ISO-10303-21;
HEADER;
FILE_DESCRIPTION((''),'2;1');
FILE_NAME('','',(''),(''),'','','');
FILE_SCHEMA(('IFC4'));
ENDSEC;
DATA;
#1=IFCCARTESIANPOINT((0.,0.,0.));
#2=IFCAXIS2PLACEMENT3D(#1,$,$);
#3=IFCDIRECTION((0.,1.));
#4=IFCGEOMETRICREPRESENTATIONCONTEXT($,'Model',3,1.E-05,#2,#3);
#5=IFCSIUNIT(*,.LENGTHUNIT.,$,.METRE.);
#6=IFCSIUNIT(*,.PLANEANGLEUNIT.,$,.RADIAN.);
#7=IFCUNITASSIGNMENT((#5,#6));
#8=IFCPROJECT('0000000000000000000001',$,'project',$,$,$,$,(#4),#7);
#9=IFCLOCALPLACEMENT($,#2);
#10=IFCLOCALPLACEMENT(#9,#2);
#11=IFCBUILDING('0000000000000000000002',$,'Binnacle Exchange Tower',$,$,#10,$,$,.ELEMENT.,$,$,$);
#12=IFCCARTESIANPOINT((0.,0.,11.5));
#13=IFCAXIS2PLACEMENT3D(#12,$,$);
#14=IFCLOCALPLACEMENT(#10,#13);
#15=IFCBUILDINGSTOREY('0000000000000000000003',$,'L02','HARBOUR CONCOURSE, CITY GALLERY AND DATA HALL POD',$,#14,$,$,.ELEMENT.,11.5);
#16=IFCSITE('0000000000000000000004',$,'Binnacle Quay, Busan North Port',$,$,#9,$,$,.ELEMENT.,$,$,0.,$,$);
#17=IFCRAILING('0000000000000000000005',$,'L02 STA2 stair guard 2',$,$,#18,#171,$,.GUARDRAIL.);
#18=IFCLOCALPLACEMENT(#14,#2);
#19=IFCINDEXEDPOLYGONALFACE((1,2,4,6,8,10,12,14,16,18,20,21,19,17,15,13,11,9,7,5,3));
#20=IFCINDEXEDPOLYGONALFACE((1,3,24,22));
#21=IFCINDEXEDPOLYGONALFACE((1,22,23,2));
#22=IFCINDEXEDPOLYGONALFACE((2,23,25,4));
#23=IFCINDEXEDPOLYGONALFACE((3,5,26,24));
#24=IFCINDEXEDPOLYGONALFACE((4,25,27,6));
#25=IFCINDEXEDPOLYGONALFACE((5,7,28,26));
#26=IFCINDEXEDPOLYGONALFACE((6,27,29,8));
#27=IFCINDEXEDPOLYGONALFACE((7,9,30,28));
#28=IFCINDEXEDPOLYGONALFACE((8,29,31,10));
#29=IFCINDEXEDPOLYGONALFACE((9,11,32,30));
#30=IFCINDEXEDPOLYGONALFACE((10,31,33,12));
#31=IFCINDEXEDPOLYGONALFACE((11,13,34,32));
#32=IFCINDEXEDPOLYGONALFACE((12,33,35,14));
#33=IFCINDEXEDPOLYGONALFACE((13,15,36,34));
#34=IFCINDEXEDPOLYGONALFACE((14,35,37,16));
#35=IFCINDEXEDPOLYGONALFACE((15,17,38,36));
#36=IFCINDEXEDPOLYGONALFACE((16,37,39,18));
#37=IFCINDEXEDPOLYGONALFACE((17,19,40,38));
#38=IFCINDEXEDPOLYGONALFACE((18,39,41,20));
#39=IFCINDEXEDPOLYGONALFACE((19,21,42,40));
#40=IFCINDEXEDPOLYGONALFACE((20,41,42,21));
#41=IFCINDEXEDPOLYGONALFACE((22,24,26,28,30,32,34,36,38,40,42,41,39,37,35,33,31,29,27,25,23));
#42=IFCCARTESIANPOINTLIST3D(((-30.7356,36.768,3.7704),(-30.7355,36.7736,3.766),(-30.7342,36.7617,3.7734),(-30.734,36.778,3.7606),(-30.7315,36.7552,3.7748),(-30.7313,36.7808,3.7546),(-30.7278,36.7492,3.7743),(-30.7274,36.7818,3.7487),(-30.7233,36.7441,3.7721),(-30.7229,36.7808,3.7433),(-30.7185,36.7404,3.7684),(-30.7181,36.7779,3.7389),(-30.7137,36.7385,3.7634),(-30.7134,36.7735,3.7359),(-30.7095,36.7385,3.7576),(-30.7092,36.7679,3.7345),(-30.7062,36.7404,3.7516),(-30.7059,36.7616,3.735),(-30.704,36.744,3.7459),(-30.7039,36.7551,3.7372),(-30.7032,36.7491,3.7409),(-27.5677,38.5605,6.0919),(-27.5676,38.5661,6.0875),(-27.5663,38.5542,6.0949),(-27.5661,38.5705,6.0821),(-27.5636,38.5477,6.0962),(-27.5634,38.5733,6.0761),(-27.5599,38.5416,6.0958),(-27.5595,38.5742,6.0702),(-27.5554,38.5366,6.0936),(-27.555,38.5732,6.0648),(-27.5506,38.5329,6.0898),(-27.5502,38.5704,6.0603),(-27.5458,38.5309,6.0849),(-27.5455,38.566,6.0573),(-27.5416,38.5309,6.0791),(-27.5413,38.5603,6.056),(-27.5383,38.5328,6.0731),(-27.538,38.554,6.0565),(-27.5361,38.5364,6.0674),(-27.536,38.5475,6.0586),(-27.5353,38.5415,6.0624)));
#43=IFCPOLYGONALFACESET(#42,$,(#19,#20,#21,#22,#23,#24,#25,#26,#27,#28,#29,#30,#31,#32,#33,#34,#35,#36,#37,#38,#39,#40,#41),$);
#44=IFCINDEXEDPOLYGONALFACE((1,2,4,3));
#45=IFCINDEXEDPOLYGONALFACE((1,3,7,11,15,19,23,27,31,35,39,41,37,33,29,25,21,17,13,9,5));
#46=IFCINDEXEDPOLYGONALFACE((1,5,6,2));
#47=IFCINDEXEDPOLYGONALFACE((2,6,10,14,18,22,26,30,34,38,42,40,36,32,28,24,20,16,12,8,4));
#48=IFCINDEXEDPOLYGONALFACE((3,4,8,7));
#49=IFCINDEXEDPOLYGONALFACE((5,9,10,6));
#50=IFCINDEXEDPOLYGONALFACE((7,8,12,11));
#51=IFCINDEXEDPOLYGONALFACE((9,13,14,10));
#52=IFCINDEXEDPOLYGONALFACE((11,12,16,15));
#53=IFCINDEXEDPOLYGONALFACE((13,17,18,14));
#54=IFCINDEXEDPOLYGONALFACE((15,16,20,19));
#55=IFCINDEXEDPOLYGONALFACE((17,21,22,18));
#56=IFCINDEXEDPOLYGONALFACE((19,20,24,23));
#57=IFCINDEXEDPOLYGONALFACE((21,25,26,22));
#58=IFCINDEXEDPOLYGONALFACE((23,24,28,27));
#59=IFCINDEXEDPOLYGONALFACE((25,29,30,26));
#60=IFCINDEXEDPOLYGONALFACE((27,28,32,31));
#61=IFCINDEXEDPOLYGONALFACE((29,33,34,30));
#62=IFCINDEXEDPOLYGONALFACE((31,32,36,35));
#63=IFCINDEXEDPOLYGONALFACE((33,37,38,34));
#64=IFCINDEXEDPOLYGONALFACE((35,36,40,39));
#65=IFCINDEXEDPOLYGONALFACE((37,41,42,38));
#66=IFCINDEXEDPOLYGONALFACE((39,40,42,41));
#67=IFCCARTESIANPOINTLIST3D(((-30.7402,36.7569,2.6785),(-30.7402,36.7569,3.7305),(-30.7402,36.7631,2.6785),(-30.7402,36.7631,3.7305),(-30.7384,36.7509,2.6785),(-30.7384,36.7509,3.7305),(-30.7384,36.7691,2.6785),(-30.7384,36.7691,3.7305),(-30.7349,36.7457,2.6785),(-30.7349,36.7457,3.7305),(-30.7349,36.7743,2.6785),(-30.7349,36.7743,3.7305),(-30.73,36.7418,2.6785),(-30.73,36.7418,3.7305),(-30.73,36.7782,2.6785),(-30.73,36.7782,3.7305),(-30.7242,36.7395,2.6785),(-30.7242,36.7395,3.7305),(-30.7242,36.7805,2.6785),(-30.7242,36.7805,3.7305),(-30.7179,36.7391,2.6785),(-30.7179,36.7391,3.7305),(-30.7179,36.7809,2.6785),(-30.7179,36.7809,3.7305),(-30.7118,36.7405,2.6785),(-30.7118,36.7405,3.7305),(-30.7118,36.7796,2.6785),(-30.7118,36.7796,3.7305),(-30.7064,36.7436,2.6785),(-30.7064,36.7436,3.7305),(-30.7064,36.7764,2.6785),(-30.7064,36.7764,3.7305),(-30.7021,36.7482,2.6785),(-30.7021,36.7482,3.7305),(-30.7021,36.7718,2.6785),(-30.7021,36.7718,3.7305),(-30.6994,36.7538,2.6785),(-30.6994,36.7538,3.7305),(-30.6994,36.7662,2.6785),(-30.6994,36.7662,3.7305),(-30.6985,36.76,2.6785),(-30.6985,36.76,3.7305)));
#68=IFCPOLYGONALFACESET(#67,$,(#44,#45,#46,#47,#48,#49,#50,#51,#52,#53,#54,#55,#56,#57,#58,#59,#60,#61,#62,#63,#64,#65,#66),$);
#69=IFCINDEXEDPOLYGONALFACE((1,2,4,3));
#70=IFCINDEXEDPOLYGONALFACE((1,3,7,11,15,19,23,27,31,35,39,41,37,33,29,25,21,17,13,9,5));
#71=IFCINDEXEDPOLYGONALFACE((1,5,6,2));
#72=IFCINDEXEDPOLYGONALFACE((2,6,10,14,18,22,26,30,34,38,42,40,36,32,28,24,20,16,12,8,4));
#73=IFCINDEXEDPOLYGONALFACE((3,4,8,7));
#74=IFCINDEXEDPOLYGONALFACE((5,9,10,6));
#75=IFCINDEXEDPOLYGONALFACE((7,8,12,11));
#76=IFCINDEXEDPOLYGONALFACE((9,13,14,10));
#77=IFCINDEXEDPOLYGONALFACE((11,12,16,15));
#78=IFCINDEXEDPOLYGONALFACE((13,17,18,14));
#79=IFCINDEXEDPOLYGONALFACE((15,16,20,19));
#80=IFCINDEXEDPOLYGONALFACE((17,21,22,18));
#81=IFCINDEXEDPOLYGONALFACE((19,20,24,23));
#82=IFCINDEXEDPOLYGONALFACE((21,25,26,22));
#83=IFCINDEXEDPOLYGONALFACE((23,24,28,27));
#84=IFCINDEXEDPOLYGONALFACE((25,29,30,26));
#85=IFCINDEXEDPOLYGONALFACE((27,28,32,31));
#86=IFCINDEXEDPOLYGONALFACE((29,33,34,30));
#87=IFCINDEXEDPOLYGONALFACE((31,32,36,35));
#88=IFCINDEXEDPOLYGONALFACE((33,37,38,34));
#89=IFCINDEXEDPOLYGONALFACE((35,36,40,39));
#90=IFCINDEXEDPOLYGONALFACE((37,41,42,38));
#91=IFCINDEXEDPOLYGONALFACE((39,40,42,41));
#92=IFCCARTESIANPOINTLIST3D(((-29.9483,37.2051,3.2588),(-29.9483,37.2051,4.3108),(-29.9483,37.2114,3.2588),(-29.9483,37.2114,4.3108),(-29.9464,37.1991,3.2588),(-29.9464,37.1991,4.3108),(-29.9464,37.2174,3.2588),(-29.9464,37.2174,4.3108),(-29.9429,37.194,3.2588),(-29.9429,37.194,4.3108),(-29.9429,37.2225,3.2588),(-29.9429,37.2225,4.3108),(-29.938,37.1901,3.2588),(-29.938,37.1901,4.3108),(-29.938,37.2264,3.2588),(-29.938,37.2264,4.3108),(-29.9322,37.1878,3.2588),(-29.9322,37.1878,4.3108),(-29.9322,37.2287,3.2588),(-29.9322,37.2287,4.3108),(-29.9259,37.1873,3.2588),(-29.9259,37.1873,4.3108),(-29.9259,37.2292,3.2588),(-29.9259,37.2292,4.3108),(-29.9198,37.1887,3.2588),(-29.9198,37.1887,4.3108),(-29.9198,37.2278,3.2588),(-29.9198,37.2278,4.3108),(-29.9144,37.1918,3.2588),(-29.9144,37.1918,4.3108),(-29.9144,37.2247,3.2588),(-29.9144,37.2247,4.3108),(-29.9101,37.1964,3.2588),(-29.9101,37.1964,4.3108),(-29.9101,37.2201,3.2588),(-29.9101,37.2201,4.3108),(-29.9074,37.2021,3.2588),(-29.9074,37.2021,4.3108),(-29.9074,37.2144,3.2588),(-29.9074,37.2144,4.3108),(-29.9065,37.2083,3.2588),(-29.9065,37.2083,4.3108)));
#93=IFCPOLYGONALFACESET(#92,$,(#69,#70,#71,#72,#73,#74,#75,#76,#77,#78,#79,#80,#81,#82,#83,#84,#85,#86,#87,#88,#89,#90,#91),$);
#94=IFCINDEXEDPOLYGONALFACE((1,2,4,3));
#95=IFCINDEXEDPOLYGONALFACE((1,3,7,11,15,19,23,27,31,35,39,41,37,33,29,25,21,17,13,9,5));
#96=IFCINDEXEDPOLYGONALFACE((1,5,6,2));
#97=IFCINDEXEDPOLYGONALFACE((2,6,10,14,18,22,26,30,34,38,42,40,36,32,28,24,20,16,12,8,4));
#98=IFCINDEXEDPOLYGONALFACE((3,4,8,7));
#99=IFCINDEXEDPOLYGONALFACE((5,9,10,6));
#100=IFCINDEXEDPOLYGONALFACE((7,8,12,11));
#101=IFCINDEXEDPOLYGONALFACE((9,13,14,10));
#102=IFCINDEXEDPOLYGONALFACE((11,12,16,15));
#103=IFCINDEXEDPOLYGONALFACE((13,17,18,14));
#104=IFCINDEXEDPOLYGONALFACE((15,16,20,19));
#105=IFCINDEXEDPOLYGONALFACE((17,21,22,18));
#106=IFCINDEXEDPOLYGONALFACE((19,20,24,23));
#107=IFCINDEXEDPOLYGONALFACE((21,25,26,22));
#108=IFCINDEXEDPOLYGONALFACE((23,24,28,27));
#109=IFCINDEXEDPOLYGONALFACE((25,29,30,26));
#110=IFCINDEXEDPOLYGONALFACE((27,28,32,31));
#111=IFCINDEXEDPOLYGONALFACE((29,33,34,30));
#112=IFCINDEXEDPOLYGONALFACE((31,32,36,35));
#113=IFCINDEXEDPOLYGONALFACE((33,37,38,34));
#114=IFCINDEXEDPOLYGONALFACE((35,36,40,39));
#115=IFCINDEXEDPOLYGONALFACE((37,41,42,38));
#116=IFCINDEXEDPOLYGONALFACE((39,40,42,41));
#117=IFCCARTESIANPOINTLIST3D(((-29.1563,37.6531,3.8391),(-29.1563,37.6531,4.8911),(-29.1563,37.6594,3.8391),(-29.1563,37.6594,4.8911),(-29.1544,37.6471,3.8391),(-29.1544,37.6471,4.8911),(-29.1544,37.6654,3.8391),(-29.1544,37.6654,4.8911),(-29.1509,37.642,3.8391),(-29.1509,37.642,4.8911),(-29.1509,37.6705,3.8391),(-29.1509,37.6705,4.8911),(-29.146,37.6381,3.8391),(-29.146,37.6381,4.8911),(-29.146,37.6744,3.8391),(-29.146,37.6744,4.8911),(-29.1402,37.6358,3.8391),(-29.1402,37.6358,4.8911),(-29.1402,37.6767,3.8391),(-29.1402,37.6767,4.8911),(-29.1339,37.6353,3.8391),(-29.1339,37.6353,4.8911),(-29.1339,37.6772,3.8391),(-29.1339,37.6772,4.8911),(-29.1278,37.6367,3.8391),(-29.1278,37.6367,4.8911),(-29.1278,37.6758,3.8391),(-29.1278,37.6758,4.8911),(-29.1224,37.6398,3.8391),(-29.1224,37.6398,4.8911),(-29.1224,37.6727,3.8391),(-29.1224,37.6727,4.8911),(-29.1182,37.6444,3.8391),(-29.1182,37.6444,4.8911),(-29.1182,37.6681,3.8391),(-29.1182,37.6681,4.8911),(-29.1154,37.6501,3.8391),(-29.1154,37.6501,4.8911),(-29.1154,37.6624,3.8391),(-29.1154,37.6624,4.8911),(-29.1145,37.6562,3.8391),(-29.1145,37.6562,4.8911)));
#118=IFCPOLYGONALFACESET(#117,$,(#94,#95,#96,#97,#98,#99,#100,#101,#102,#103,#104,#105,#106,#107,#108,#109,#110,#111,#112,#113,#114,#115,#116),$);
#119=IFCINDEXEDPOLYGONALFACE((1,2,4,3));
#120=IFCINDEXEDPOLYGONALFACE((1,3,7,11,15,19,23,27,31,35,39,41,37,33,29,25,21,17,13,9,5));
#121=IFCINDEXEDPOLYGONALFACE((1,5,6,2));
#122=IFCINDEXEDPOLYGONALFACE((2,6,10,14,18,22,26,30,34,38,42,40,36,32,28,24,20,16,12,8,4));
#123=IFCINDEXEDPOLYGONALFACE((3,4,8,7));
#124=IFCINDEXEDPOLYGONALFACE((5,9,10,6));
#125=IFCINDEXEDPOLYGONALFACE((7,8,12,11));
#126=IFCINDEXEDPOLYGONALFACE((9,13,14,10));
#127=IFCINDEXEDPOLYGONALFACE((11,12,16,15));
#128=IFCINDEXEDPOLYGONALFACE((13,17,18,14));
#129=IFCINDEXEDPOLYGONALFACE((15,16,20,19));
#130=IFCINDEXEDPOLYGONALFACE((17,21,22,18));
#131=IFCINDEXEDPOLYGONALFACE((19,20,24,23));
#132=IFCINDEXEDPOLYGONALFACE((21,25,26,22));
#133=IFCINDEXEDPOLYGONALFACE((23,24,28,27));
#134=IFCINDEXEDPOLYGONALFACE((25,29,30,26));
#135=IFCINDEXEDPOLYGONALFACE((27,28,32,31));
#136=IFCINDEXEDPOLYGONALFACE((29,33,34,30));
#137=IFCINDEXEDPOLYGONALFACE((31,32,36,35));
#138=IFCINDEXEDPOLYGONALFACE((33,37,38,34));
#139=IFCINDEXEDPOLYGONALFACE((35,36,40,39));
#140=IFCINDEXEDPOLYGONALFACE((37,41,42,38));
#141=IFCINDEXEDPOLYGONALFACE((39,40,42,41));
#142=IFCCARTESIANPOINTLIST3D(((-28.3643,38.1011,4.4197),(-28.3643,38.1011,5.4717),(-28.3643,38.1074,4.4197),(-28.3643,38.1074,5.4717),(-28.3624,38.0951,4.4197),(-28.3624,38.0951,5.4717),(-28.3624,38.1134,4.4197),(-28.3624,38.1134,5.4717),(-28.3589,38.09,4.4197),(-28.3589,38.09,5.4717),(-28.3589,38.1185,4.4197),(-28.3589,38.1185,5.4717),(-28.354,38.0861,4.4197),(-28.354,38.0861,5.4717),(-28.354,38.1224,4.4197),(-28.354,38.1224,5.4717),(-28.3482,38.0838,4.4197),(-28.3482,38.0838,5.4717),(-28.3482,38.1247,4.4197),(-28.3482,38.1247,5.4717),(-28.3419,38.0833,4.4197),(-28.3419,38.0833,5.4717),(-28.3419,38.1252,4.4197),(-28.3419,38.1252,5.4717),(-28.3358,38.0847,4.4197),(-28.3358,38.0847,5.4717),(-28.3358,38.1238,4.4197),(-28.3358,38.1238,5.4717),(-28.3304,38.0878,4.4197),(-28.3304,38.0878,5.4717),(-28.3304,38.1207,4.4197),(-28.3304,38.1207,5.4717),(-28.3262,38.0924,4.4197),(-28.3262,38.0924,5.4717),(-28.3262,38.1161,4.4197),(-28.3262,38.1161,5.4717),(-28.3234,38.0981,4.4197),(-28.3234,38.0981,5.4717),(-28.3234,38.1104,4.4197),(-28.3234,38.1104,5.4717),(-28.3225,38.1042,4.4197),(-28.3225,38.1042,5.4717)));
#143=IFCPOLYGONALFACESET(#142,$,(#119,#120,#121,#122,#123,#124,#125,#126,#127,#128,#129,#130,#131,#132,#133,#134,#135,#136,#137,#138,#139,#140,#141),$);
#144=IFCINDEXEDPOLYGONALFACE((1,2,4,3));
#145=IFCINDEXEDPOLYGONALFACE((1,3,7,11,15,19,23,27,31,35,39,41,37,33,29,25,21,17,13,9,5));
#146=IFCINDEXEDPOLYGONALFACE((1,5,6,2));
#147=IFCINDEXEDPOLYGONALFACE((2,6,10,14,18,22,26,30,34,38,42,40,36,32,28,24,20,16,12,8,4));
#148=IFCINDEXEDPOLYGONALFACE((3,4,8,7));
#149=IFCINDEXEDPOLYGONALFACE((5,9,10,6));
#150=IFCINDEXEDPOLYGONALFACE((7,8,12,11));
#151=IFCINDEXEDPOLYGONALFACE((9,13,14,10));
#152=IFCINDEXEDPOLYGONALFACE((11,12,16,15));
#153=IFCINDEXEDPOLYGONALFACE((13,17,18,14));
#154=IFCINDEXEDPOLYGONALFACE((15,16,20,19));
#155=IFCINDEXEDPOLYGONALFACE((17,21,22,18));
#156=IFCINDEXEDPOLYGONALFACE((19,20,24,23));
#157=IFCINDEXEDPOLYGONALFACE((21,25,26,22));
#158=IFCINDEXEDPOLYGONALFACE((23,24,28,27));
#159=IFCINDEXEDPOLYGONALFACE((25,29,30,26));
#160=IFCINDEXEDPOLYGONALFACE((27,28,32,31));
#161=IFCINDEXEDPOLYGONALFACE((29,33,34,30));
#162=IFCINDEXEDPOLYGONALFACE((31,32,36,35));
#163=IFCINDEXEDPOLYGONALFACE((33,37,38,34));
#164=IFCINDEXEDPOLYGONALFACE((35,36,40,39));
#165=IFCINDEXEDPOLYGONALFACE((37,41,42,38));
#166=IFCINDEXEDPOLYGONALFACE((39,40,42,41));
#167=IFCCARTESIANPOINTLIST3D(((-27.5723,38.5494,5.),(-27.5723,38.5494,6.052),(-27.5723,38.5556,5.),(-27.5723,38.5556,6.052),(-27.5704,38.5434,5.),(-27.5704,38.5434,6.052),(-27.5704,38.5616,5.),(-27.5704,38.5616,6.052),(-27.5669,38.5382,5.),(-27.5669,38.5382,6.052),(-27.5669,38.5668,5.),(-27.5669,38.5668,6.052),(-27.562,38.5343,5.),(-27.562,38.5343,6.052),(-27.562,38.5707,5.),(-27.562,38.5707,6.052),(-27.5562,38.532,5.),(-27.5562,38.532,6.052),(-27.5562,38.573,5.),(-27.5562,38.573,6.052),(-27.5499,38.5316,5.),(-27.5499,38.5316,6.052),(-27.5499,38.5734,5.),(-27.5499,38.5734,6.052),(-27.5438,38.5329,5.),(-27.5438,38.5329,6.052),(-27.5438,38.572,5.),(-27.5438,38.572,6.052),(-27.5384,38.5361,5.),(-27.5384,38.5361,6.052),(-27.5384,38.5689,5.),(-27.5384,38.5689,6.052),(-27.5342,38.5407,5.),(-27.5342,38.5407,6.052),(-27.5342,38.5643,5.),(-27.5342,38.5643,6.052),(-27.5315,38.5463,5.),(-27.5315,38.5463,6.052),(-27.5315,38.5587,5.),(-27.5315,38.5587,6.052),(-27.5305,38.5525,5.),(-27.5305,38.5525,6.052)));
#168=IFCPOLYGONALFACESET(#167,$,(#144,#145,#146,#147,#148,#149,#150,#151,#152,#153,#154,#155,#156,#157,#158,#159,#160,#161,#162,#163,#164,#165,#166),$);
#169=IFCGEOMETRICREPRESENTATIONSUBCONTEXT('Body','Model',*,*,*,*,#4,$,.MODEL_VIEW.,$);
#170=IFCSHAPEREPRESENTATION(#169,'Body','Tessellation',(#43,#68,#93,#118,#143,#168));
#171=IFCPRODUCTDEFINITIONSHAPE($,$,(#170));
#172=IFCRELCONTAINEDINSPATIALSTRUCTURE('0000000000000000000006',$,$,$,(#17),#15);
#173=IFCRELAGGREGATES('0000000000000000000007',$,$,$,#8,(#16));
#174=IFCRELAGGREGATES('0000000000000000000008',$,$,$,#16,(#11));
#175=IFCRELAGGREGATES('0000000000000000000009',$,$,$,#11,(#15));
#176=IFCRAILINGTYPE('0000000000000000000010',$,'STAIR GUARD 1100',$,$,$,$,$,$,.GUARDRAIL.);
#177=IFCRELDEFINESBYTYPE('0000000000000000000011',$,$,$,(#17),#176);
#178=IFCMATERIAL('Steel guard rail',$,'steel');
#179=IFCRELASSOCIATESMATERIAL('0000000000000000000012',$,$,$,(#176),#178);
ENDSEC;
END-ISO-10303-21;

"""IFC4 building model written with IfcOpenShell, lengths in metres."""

from ifc_helpers import new_model, si_unit, direction, frame, origin, origin_2d, place, context, subcontext, project, spatial, circle, extrude, material, type_object, element, save


model = new_model("IFC4")

# Units and contexts
model_context = context("Model", 3, precision=1e-05, world=origin(), true_north=direction((0.0, 1.0)))
body_context = subcontext(model_context, "Body", "Model", "MODEL_VIEW")
ifc_project = project(units=[si_unit("LENGTHUNIT", "METRE"), si_unit("PLANEANGLEUNIT", "RADIAN")], contexts=[model_context])

# Site, building, storey
site_placement = place(None, origin())
site = spatial("IfcSite", under=ifc_project, at=site_placement, Name="Binnacle Quay, Busan North Port", CompositionType="ELEMENT", RefElevation=0.0)
building_placement = place(site_placement, origin())
building = spatial("IfcBuilding", under=site, at=building_placement, Name="Binnacle Exchange Tower", CompositionType="ELEMENT")
storey_placement = place(building_placement, frame((0.0, 0.0, 11.5)))
storey = spatial("IfcBuildingStorey", under=building, at=storey_placement, Name="L02", Description="HARBOUR CONCOURSE, CITY GALLERY AND DATA HALL POD", CompositionType="ELEMENT", Elevation=11.5)

# Railing
ifc_material_1 = material(Name="Steel guard rail", Category="steel")
railing_type = type_object("IfcRailingType", Name="STAIR GUARD 1100", PredefinedType="GUARDRAIL", material=ifc_material_1)
railing_placement = place(storey_placement, frame((-30.7195, 36.76, 2.6785)))
element("IfcRailing", 1, at=railing_placement, inside=storey, type_object=railing_type, Name="L02 STA2 stair guard 2", PredefinedType="GUARDRAIL", context=body_context, shape_type="SweptSolid", body=[
    extrude(circle(Radius=0.0239, at=origin_2d()), frame((0.0, 0.0, 1.0762), z_axis=(0.733796, 0.415192, 0.537736), x_axis=(-0.492451, 0.87034, 0.0)), (0.0, 0.0, 1.0), 4.3171),
    extrude(circle(Radius=0.021, at=origin_2d()), origin(), (0.0, 0.0, 1.0), 1.052),
    extrude(circle(Radius=0.021, at=origin_2d()), frame((0.792, 0.4482, 0.5803)), (0.0, 0.0, 1.0), 1.052),
    extrude(circle(Radius=0.021, at=origin_2d()), frame((1.584, 0.8962, 1.1606)), (0.0, 0.0, 1.0), 1.052),
    extrude(circle(Radius=0.021, at=origin_2d()), frame((2.376, 1.3442, 1.7412)), (0.0, 0.0, 1.0), 1.052),
    extrude(circle(Radius=0.021, at=origin_2d()), frame((3.168, 1.7925, 2.3215)), (0.0, 0.0, 1.0), 1.052),
])

save(model, "model.ifc")
